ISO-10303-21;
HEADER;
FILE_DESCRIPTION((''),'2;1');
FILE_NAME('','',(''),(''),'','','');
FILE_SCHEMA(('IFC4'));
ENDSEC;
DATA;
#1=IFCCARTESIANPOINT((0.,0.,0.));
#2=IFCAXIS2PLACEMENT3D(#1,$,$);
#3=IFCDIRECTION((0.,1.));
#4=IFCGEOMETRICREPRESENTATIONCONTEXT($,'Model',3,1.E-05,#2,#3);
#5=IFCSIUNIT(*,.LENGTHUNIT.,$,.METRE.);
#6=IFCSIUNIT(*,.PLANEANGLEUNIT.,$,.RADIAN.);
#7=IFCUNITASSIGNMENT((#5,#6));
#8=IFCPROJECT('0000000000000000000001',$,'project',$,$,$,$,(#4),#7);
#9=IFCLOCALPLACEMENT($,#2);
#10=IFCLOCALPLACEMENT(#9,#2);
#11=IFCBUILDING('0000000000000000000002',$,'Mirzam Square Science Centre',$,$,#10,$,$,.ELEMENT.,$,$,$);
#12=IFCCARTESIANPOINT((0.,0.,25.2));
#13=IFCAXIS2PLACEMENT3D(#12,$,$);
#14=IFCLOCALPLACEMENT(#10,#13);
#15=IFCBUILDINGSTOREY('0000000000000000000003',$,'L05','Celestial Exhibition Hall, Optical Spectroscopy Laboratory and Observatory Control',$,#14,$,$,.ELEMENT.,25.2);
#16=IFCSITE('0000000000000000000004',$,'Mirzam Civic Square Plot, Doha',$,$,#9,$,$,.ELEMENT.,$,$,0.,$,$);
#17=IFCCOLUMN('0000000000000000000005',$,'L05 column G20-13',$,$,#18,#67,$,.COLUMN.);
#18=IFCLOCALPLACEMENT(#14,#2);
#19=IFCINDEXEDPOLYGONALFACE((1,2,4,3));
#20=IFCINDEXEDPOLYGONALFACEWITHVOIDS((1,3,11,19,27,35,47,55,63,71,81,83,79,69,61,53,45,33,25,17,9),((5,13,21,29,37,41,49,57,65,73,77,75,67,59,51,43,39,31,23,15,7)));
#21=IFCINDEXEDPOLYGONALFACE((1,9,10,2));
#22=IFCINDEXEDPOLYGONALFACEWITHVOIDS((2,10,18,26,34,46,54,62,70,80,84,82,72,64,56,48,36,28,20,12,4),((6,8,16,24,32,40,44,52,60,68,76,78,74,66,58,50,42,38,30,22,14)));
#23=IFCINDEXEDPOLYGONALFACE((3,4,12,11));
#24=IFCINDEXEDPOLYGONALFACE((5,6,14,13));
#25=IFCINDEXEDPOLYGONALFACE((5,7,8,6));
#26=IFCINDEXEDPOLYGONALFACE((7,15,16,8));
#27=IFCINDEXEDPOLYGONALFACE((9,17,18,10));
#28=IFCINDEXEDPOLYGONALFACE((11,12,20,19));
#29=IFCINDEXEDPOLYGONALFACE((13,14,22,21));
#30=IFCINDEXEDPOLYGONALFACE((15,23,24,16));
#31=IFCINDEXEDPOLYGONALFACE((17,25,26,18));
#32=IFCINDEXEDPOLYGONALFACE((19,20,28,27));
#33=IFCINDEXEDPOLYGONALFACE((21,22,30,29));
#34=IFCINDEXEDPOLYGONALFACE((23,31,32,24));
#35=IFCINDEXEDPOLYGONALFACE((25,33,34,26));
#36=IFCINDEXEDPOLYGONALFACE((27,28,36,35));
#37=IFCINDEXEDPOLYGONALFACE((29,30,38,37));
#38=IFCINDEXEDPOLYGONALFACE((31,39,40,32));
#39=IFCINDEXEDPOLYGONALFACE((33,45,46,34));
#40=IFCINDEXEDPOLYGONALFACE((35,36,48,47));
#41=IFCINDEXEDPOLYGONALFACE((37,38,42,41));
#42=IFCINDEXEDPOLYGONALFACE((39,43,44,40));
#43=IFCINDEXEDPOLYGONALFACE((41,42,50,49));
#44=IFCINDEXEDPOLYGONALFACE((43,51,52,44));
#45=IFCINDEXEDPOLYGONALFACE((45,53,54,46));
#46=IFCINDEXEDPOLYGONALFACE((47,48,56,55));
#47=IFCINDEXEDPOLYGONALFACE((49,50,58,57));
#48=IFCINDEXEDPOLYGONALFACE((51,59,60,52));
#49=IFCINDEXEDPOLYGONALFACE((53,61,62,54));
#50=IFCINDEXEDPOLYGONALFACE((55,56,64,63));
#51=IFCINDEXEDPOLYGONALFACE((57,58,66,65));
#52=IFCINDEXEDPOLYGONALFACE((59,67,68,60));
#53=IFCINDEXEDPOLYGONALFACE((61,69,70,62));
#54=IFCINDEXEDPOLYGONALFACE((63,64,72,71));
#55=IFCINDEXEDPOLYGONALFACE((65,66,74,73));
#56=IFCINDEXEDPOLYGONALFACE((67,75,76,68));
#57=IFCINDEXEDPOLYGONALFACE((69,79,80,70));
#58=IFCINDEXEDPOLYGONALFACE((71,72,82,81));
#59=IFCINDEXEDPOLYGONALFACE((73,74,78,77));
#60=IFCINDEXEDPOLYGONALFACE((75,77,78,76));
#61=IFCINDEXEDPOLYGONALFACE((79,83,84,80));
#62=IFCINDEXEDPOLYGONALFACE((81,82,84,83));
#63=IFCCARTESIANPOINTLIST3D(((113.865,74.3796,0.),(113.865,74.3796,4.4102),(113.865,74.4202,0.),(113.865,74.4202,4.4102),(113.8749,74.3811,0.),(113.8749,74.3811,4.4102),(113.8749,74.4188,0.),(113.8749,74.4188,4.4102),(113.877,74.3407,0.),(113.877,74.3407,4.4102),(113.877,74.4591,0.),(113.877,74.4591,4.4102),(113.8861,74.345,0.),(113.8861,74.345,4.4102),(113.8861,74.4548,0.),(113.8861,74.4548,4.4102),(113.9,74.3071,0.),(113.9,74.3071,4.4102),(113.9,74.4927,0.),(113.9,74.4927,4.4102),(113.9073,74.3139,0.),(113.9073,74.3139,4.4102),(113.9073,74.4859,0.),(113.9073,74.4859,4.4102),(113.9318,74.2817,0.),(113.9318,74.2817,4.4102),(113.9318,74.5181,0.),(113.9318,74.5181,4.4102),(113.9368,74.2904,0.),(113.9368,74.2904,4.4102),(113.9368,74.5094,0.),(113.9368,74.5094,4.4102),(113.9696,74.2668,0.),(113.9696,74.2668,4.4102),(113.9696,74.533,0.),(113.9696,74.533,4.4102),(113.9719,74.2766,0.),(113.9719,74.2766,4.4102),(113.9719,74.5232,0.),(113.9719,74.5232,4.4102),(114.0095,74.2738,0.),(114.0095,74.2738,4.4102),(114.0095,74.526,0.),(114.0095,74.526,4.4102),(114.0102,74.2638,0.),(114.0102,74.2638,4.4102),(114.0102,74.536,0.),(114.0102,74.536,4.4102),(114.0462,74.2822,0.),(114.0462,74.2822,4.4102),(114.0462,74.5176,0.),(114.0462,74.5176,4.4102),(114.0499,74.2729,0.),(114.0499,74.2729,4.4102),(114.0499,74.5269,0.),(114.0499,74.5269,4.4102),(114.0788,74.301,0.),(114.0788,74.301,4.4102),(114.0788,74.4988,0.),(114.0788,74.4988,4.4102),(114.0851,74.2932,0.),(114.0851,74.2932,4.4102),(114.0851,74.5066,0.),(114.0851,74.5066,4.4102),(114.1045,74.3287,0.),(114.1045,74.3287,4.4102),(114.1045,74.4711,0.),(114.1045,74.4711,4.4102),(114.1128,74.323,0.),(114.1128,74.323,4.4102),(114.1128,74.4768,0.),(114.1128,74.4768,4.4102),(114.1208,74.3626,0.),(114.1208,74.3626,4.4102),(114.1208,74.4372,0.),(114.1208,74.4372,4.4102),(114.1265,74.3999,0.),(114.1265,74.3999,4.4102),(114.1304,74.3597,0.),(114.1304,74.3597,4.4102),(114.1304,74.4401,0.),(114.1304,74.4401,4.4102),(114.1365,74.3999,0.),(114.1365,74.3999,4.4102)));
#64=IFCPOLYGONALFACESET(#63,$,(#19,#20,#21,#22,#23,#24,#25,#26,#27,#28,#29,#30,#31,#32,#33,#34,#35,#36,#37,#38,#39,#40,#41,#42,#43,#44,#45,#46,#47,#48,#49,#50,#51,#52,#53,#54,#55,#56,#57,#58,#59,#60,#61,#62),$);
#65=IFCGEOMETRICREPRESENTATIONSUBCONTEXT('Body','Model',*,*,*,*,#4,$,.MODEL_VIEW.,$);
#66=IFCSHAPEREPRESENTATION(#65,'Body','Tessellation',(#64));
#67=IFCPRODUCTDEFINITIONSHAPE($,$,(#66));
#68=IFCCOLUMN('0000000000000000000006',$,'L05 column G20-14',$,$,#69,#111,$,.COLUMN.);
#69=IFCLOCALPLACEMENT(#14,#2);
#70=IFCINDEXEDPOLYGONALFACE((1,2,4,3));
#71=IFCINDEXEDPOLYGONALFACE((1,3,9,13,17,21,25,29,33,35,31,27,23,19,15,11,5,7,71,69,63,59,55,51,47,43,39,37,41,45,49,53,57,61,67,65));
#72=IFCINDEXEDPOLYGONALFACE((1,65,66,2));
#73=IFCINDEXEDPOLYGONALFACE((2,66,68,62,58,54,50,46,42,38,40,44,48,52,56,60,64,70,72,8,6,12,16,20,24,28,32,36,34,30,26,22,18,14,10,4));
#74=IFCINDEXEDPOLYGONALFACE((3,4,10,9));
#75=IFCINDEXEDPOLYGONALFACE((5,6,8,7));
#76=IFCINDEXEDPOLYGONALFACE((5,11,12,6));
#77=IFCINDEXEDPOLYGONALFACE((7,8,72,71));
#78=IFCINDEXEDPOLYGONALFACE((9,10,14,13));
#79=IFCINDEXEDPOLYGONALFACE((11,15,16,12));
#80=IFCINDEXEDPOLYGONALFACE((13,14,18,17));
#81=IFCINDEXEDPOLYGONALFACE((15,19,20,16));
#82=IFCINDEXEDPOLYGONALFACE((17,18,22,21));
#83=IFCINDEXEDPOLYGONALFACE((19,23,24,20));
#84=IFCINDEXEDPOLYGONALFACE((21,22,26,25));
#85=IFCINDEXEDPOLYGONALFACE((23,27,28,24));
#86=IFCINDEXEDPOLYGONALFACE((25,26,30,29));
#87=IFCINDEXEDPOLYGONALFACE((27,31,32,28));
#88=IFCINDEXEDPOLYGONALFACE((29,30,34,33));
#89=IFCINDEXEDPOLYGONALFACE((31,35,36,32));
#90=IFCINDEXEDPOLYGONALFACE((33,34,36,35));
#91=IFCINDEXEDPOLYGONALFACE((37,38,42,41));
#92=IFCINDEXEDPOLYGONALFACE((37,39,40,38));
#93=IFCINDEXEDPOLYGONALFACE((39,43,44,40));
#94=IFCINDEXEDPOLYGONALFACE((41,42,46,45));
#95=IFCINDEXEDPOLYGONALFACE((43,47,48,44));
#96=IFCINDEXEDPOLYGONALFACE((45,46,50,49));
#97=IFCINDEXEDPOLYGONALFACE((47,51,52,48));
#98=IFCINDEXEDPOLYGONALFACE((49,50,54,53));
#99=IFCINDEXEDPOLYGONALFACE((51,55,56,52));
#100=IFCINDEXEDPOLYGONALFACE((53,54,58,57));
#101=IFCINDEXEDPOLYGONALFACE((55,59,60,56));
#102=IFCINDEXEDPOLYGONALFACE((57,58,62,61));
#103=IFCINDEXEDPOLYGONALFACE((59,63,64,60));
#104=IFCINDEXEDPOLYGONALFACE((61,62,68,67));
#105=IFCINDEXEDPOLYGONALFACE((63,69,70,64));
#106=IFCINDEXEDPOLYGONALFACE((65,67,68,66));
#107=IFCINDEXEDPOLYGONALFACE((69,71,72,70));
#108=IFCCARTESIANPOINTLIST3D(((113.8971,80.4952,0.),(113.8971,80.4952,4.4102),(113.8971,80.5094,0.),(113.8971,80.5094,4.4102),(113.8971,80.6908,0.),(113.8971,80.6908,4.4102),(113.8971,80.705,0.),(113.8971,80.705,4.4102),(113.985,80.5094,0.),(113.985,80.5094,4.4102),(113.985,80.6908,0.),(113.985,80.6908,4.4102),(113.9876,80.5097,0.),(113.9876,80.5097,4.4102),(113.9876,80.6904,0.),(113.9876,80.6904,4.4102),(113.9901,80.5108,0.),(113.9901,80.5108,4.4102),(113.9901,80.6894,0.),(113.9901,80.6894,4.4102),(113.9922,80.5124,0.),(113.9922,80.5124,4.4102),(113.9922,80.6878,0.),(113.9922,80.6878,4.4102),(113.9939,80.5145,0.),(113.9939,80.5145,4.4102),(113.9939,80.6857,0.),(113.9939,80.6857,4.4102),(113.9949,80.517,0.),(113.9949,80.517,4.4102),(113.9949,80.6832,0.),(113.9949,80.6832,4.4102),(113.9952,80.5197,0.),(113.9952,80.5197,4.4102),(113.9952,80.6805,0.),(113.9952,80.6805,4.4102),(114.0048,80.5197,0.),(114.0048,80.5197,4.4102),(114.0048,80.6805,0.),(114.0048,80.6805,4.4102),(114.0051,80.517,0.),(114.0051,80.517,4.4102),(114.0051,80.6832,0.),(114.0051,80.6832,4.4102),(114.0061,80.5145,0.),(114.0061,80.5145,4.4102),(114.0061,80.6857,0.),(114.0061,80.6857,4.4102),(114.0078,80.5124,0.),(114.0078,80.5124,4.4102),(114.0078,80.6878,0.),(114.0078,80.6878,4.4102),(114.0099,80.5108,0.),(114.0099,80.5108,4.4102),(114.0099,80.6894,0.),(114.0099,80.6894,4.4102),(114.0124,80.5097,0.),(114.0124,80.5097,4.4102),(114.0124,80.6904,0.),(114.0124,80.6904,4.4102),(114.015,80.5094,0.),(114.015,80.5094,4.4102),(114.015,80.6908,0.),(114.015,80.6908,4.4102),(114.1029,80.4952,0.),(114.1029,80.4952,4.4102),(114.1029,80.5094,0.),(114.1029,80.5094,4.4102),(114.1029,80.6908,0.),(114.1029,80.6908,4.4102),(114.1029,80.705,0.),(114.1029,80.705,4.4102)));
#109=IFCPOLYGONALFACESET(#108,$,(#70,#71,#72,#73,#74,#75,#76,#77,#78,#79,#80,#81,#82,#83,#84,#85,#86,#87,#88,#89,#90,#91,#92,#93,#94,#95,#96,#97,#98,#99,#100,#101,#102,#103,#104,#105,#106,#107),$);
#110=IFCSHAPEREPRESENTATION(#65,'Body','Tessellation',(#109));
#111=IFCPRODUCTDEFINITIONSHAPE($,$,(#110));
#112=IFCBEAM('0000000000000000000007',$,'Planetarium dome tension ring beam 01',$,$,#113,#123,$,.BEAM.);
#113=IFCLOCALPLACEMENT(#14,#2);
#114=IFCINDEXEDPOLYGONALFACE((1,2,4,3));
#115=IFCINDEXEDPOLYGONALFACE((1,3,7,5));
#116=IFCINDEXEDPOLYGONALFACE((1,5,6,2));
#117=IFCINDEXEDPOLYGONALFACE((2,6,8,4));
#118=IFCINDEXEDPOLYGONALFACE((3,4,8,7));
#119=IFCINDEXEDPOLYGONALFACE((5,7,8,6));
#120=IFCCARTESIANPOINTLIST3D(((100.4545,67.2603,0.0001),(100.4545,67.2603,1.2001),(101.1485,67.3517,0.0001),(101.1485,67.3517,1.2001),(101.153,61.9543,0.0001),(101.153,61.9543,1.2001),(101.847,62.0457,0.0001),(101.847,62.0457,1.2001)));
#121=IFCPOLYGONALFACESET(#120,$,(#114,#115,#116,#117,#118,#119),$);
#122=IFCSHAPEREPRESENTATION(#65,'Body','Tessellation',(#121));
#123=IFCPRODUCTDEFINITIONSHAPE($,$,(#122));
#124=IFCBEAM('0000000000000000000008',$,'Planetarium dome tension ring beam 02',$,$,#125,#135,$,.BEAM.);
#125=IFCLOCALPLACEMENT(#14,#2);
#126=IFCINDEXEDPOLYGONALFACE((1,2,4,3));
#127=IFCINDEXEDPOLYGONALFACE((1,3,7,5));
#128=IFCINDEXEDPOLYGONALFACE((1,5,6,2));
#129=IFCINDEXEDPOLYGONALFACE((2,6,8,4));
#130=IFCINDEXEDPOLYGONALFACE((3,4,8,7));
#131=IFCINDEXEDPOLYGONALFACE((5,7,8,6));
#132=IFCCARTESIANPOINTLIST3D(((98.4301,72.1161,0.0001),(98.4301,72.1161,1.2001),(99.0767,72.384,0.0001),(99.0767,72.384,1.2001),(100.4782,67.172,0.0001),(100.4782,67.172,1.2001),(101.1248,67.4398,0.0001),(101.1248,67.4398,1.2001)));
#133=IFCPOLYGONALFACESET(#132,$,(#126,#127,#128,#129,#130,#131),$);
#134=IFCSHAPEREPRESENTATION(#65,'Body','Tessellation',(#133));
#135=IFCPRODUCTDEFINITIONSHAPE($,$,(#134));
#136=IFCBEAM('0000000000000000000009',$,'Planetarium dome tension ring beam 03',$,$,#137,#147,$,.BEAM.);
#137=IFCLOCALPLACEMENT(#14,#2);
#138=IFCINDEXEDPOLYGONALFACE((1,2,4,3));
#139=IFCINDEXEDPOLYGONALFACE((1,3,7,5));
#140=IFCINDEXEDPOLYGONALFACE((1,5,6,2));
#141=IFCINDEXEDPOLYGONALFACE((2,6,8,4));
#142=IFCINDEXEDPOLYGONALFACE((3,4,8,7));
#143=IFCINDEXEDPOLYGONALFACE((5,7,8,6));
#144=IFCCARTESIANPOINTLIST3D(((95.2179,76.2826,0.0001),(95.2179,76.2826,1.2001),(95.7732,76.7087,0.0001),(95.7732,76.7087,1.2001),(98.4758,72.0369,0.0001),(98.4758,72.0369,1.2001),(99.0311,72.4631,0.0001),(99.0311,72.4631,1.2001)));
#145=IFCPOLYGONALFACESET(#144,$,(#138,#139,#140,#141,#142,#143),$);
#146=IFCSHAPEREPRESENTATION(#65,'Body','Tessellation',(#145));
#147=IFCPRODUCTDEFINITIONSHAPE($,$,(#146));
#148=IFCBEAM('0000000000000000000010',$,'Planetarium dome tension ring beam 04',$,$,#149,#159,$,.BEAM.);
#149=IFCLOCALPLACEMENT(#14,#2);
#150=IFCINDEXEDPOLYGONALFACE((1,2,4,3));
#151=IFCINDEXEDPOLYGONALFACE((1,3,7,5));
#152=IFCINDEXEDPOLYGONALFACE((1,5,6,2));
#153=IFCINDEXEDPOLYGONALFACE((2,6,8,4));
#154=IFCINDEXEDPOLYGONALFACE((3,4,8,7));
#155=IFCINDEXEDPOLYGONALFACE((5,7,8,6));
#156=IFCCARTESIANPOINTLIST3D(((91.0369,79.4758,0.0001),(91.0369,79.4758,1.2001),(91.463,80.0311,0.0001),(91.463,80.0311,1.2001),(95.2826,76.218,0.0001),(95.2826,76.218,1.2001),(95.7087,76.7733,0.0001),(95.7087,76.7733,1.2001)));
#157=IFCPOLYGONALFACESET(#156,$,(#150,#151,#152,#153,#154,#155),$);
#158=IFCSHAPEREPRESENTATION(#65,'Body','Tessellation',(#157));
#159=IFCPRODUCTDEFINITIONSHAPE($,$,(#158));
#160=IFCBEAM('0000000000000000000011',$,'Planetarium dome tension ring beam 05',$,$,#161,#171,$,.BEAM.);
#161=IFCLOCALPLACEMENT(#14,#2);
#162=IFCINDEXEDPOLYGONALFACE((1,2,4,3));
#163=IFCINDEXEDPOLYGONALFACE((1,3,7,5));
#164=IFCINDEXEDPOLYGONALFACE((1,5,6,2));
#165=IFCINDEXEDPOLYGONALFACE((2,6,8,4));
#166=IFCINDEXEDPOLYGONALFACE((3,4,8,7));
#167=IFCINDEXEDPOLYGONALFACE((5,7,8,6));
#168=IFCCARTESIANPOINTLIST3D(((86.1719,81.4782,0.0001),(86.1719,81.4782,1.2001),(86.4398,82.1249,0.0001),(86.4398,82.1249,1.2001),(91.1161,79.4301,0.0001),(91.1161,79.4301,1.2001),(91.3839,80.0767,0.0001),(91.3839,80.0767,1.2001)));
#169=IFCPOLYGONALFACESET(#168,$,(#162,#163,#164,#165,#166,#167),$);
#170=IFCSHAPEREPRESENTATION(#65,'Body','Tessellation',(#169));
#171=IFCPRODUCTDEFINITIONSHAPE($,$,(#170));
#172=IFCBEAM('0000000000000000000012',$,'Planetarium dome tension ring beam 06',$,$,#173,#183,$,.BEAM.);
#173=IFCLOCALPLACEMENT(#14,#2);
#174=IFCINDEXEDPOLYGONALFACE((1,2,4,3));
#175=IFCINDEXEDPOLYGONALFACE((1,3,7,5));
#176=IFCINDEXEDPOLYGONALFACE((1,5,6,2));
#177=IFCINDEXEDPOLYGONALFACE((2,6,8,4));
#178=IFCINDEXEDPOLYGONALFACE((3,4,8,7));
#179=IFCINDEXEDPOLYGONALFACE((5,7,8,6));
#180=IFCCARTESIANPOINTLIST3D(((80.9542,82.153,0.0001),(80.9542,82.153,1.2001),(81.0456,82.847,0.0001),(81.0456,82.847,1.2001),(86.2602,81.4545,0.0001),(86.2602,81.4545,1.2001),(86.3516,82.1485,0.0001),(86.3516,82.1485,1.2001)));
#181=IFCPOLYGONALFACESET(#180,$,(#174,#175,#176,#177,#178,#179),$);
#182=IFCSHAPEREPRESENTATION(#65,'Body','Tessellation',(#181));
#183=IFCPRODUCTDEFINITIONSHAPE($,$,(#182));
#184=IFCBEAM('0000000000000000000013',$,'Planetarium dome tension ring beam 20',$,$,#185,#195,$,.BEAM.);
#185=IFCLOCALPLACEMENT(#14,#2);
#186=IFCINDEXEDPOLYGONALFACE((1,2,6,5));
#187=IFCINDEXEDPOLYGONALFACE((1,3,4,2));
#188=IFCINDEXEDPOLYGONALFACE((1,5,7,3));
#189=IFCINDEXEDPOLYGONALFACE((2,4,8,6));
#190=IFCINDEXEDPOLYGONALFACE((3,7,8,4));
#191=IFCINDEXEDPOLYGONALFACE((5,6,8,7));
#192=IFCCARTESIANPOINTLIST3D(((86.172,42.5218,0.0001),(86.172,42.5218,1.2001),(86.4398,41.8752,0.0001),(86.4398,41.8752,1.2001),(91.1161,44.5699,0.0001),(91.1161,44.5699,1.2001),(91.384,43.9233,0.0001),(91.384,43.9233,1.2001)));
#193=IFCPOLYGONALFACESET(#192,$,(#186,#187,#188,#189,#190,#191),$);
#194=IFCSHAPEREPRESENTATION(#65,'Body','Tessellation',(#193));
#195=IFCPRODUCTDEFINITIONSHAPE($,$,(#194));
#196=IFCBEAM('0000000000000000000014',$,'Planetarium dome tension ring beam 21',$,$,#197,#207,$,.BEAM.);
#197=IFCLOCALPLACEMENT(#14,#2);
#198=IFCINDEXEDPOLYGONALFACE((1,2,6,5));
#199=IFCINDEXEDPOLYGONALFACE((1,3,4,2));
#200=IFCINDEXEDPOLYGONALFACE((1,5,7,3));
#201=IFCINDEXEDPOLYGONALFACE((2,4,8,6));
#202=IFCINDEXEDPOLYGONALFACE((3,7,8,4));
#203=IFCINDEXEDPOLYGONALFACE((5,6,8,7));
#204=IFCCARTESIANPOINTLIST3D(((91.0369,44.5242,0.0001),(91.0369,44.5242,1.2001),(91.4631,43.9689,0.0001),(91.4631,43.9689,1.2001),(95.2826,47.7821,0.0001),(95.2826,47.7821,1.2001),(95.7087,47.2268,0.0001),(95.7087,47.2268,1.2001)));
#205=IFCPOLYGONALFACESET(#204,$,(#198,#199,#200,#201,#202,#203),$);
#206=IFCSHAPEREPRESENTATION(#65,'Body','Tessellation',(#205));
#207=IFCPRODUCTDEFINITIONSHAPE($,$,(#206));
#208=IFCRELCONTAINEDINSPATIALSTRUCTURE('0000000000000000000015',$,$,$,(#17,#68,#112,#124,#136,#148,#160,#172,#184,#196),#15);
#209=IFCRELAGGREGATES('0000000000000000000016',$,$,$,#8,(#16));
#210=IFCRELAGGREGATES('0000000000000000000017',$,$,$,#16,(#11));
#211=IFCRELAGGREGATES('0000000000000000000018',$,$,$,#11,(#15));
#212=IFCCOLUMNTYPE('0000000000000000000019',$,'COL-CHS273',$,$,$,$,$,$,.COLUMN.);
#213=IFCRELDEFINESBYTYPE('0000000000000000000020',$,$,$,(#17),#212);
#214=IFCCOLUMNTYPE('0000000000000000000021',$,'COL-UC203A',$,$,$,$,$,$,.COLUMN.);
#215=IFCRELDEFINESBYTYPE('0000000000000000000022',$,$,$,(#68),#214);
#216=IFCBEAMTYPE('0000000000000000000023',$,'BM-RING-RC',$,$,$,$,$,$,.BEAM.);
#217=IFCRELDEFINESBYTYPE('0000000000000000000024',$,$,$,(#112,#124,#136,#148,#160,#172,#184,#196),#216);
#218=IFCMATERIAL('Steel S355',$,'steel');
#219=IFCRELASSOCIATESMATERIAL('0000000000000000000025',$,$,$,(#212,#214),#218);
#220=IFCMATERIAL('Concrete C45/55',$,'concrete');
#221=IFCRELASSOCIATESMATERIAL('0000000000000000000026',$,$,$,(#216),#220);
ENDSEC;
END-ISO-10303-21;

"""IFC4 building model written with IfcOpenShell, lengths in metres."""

from ifc_helpers import new_model, si_unit, direction, frame, origin, origin_2d, place, context, subcontext, project, spatial, rectangle, hollow_circle, i_section, extrude, material, material_profile, profile_set, type_object, element, save


model = new_model("IFC4")

# Units and contexts
model_context = context("Model", 3, precision=1e-05, world=origin(), true_north=direction((0.0, 1.0)))
body_context = subcontext(model_context, "Body", "Model", "MODEL_VIEW")
ifc_project = project(units=[si_unit("LENGTHUNIT", "METRE"), si_unit("PLANEANGLEUNIT", "RADIAN")], contexts=[model_context])

# Site, building, storey
site_placement = place(None, origin())
site = spatial("IfcSite", under=ifc_project, at=site_placement, Name="Mirzam Civic Square Plot, Doha", CompositionType="ELEMENT", RefElevation=0.0)
building_placement = place(site_placement, origin())
building = spatial("IfcBuilding", under=site, at=building_placement, Name="Mirzam Square Science Centre", CompositionType="ELEMENT")
storey_placement = place(building_placement, frame((0.0, 0.0, 25.2)))
storey = spatial("IfcBuildingStorey", under=building, at=storey_placement, Name="L05", Description="Celestial Exhibition Hall, Optical Spectroscopy Laboratory and Observatory Control", CompositionType="ELEMENT", Elevation=25.2)

# Columns
ifc_material_1 = material(Name="Steel S355", Category="steel")
ifc_material_profile_1 = material_profile(ifc_material_1, hollow_circle(Radius=0.1365, WallThickness=0.01, at=origin_2d()), Name="273.0x10.0CHS")
ifc_profile_set_1 = profile_set([ifc_material_profile_1], Name="Steel S355")
column_type_1 = type_object("IfcColumnType", Name="COL-CHS273", PredefinedType="COLUMN", material=ifc_profile_set_1)
column_1_placement = place(storey_placement, frame((114.0, 74.3999, 0.0), z_axis=(0.0, 0.0, 1.0), x_axis=(1.0, 0.0, 0.0)))
element("IfcColumn", 1, at=column_1_placement, inside=storey, type_object=column_type_1, Name="L05 column G20-13", PredefinedType="COLUMN", context=body_context, shape_type="SweptSolid", body=[
    extrude(hollow_circle(Radius=0.1365, WallThickness=0.01, at=origin_2d()), origin(), (0.0, 0.0, 1.0), 4.4102),
])
ifc_material_profile_2 = material_profile(ifc_material_1, i_section(OverallWidth=0.2058, OverallDepth=0.2097, WebThickness=0.0095, FlangeThickness=0.0142, FilletRadius=0.0103, at=origin_2d()), Name="203x203x60UC")
ifc_profile_set_2 = profile_set([ifc_material_profile_2], Name="Steel S355")
column_type_2 = type_object("IfcColumnType", Name="COL-UC203A", PredefinedType="COLUMN", material=ifc_profile_set_2)
column_2_placement = place(storey_placement, frame((114.0, 80.6001, 0.0), z_axis=(0.0, 0.0, 1.0), x_axis=(1.0, 0.0, 0.0)))
element("IfcColumn", 2, at=column_2_placement, inside=storey, type_object=column_type_2, Name="L05 column G20-14", PredefinedType="COLUMN", context=body_context, shape_type="SweptSolid", body=[
    extrude(i_section(OverallWidth=0.2058, OverallDepth=0.2097, WebThickness=0.0095, FlangeThickness=0.0142, FilletRadius=0.0103, at=origin_2d()), origin(), (0.0, 0.0, 1.0), 4.4102),
])

# Beams
ifc_material_2 = material(Name="Concrete C45/55", Category="concrete")
ifc_material_profile_3 = material_profile(ifc_material_2, rectangle(XDim=0.7, YDim=1.2, at=origin_2d()), Name="RC700x1200")
ifc_profile_set_3 = profile_set([ifc_material_profile_3], Name="Concrete C45/55")
beam_type = type_object("IfcBeamType", Name="BM-RING-RC", PredefinedType="BEAM", material=ifc_profile_set_3)
beam_1_placement = place(storey_placement, frame((101.5, 62.0, 0.6001), z_axis=(-0.130517, 0.991446, 0.0), x_axis=(-0.991446, -0.130517, 0.0)))
element("IfcBeam", 3, at=beam_1_placement, inside=storey, type_object=beam_type, Name="Planetarium dome tension ring beam 01", PredefinedType="BEAM", context=body_context, shape_type="SweptSolid", body=[
    extrude(rectangle(XDim=0.7, YDim=1.2, at=origin_2d()), origin(), (0.0, 0.0, 1.0), 5.3518),
])
for number, where, z_axis, x_axis, name in (
    (4, (100.8015, 67.3059, 0.6001), (-0.382713, 0.923867, 0.0), (-0.923867, -0.382713, 0.0), "Planetarium dome tension ring beam 02"),
    (5, (98.7534, 72.25, 0.6001), (-0.608767, 0.793349, 0.0), (-0.793349, -0.608767, 0.0), "Planetarium dome tension ring beam 03"),
    (6, (95.4956, 76.4956, 0.6001), (-0.793349, 0.608767, 0.0), (-0.608767, -0.793349, 0.0), "Planetarium dome tension ring beam 04"),
    (7, (91.25, 79.7534, 0.6001), (-0.923867, 0.382713, 0.0), (-0.382713, -0.923867, 0.0), "Planetarium dome tension ring beam 05"),
):
    element("IfcBeam", number, at=place(storey_placement, frame(where, z_axis=z_axis, x_axis=x_axis)), inside=storey, type_object=beam_type, Name=name, PredefinedType="BEAM", context=body_context, shape_type="SweptSolid", body=[
        extrude(rectangle(XDim=0.7, YDim=1.2, at=origin_2d()), origin(), (0.0, 0.0, 1.0), 5.3516),
    ])
beam_2_placement = place(storey_placement, frame((86.3059, 81.8015, 0.6001), z_axis=(-0.991446, 0.130517, 0.0), x_axis=(-0.130517, -0.991446, 0.0)))
element("IfcBeam", 8, at=beam_2_placement, inside=storey, type_object=beam_type, Name="Planetarium dome tension ring beam 06", PredefinedType="BEAM", context=body_context, shape_type="SweptSolid", body=[
    extrude(rectangle(XDim=0.7, YDim=1.2, at=origin_2d()), origin(), (0.0, 0.0, 1.0), 5.3518),
])
for number, where, z_axis, x_axis, name in (
    (9, (86.3059, 42.1985, 0.6001), (0.923867, 0.382713, 0.0), (-0.382713, 0.923867, 0.0), "Planetarium dome tension ring beam 20"),
    (10, (91.25, 44.2466, 0.6001), (0.793349, 0.608767, 0.0), (-0.608767, 0.793349, 0.0), "Planetarium dome tension ring beam 21"),
):
    element("IfcBeam", number, at=place(storey_placement, frame(where, z_axis=z_axis, x_axis=x_axis)), inside=storey, type_object=beam_type, Name=name, PredefinedType="BEAM", context=body_context, shape_type="SweptSolid", body=[
        extrude(rectangle(XDim=0.7, YDim=1.2, at=origin_2d()), origin(), (0.0, 0.0, 1.0), 5.3516),
    ])

save(model, "model.ifc")
